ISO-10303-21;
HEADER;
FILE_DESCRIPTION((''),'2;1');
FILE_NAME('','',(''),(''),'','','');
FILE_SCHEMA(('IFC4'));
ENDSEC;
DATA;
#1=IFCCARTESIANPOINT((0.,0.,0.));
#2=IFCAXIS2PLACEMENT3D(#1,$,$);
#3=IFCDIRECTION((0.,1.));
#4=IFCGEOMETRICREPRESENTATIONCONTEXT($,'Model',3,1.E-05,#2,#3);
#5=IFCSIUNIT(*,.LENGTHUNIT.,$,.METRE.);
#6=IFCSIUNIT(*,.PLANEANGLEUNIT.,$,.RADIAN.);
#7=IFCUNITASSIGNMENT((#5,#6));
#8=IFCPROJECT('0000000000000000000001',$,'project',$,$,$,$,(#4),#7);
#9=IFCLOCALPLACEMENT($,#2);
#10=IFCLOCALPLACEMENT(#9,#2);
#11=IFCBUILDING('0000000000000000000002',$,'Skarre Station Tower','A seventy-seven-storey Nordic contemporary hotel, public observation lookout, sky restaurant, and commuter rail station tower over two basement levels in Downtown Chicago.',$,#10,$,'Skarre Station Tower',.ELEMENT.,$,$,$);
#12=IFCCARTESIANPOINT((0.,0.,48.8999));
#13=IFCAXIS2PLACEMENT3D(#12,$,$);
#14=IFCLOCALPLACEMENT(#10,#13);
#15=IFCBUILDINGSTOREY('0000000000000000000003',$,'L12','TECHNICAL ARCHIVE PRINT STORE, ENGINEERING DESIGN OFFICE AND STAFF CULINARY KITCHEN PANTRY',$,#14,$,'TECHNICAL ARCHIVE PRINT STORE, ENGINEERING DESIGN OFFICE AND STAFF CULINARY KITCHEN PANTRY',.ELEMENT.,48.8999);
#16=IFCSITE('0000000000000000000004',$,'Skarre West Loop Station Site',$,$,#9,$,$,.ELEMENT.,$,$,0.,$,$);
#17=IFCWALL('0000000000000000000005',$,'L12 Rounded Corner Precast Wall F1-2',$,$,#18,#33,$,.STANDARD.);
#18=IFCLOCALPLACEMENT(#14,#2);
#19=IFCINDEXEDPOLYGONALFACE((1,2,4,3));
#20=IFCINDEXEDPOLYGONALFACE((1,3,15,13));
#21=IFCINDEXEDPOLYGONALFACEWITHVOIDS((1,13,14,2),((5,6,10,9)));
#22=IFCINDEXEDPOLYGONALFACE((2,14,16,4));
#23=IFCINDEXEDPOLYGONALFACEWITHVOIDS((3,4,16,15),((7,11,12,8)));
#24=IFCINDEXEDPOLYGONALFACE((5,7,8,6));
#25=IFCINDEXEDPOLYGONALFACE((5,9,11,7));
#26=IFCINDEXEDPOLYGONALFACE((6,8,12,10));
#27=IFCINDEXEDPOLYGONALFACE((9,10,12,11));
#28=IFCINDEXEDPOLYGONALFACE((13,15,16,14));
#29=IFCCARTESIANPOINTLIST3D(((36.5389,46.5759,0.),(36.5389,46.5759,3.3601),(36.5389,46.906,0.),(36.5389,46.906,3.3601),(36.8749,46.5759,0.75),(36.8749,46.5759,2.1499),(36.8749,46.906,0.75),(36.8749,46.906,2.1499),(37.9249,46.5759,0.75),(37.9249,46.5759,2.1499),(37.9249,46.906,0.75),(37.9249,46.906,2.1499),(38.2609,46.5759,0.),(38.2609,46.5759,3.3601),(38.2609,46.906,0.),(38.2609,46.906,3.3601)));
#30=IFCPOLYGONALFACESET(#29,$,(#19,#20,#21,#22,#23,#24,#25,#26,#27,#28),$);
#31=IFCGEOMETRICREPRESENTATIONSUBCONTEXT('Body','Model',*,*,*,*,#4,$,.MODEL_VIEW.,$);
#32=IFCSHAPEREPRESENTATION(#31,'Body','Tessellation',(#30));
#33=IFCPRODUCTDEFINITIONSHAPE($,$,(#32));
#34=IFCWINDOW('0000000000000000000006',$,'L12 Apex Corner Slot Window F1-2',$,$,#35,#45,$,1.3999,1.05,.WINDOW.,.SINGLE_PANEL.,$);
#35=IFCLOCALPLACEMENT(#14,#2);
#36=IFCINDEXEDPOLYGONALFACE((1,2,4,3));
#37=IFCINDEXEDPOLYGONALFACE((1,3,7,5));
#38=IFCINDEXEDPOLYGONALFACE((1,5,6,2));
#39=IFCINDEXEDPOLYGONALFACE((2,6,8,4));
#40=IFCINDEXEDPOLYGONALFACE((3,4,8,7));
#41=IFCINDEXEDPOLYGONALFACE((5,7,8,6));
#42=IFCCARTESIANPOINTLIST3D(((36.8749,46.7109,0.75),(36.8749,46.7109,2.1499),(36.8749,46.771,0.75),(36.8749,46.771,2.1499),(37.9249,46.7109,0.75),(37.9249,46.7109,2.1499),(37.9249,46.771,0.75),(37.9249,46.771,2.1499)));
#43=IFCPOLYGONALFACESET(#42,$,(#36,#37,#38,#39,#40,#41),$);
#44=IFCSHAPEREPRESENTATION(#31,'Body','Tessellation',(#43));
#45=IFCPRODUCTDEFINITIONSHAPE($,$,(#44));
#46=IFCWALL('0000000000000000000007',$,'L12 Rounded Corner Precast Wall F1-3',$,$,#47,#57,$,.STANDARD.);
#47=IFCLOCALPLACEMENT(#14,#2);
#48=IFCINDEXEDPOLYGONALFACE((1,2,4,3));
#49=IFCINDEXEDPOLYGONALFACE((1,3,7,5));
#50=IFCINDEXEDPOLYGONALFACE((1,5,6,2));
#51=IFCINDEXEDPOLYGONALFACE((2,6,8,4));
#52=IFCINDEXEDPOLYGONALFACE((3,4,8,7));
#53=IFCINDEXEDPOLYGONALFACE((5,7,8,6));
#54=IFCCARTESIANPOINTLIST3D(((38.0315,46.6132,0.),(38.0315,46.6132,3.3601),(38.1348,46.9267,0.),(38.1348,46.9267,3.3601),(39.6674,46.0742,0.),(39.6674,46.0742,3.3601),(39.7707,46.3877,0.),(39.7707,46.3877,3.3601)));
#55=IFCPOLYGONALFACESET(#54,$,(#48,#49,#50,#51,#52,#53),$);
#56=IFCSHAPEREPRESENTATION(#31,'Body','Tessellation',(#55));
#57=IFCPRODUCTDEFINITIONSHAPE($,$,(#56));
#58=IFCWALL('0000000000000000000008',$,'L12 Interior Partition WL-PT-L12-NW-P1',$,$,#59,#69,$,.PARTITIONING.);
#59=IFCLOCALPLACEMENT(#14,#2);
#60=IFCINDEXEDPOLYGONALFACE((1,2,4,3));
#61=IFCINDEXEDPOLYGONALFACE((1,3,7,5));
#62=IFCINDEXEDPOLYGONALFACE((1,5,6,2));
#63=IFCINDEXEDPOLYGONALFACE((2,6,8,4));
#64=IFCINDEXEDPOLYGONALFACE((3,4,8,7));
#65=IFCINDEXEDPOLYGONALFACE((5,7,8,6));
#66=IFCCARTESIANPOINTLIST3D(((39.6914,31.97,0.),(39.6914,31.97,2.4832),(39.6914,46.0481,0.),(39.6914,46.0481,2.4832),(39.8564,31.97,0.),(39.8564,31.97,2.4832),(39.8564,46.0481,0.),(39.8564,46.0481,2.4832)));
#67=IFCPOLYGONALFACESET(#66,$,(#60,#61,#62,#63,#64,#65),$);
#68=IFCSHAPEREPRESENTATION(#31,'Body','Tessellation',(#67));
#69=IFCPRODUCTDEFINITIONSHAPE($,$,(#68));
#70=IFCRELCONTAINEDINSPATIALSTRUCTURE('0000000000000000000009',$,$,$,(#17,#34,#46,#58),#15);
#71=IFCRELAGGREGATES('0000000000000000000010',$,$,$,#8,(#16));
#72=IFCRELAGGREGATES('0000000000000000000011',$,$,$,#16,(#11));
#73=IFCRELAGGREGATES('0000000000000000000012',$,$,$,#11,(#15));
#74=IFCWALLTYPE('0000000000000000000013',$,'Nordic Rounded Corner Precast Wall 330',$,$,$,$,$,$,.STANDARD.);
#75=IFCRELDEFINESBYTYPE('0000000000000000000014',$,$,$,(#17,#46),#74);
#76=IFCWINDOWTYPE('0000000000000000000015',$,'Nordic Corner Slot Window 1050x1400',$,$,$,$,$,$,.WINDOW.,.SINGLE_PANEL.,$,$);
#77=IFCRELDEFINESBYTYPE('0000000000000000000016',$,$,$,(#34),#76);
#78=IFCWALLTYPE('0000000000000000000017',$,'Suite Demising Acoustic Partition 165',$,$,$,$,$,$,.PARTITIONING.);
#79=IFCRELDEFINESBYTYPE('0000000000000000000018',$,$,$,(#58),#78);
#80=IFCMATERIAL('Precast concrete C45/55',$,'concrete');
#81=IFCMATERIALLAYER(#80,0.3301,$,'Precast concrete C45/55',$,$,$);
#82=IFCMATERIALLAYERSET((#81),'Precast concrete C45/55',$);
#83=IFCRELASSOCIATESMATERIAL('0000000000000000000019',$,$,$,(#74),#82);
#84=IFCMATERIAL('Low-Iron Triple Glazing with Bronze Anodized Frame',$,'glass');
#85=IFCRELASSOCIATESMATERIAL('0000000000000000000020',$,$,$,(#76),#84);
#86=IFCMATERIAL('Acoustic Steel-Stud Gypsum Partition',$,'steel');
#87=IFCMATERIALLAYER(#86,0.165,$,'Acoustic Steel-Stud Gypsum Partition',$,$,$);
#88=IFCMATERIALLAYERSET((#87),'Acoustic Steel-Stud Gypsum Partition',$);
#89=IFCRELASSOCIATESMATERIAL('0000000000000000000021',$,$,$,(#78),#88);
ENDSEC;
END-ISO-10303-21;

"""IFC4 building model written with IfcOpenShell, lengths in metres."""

from ifc_helpers import new_model, si_unit, direction, frame, frame_2d, origin, place, context, subcontext, project, spatial, rectangle, extrude, material, layer, layer_set, type_object, element, fill, save


model = new_model("IFC4")

# Units and contexts
model_context = context("Model", 3, precision=1e-05, world=origin(), true_north=direction((0.0, 1.0)))
body_context = subcontext(model_context, "Body", "Model", "MODEL_VIEW")
ifc_project = project(units=[si_unit("LENGTHUNIT", "METRE"), si_unit("PLANEANGLEUNIT", "RADIAN")], contexts=[model_context])

# Site, building, storey
site_placement = place(None, origin())
site = spatial("IfcSite", under=ifc_project, at=site_placement, Name="Skarre West Loop Station Site", CompositionType="ELEMENT", RefElevation=0.0)
building_placement = place(site_placement, origin())
building = spatial("IfcBuilding", under=site, at=building_placement, Name="Skarre Station Tower", Description="A seventy-seven-storey Nordic contemporary hotel, public observation lookout, sky restaurant, and commuter rail station tower over two basement levels in Downtown Chicago.", LongName="Skarre Station Tower", CompositionType="ELEMENT")
storey_placement = place(building_placement, frame((0.0, 0.0, 48.8999)))
storey = spatial("IfcBuildingStorey", under=building, at=storey_placement, Name="L12", Description="TECHNICAL ARCHIVE PRINT STORE, ENGINEERING DESIGN OFFICE AND STAFF CULINARY KITCHEN PANTRY", LongName="TECHNICAL ARCHIVE PRINT STORE, ENGINEERING DESIGN OFFICE AND STAFF CULINARY KITCHEN PANTRY", CompositionType="ELEMENT", Elevation=48.8999)

# Shared definitions
ifc_material_1 = material(Name="Acoustic Steel-Stud Gypsum Partition", Category="steel")

# Shared definitions
ifc_material_2 = material(Name="Precast concrete C45/55", Category="concrete")
ifc_material_3 = material(Name="Low-Iron Triple Glazing with Bronze Anodized Frame", Category="glass")

# Shared definitions
ifc_layer_1 = layer(ifc_material_2, 0.3301, Name="Precast concrete C45/55")
ifc_layer_set_1 = layer_set([ifc_layer_1], Name="Precast concrete C45/55")
wall_type_1 = type_object("IfcWallType", Name="Nordic Rounded Corner Precast Wall 330", PredefinedType="STANDARD", material=ifc_layer_set_1)

# Wall, opening, window
wall_1_placement = place(storey_placement, frame((36.5391, 46.741, 0.0), z_axis=(0.0, 0.0, 1.0), x_axis=(1.0, 0.0, 0.0)))
wall_1 = element("IfcWall", 1, at=wall_1_placement, inside=storey, type_object=wall_type_1, Name="L12 Rounded Corner Precast Wall F1-2", PredefinedType="STANDARD", context=body_context, shape_type="SweptSolid", body=[
    extrude(rectangle(XDim=1.7219, YDim=0.3301, at=frame_2d((0.8608, 0.0))), origin(), (0.0, 0.0, 1.0), 3.3601),
])
opening_1_placement = place(wall_1_placement, frame((0.3359, 0.0, 0.75)))
opening_1 = element("IfcOpeningElement", 2, at=opening_1_placement, cuts=wall_1, PredefinedType="OPENING", context=body_context, shape_type="SweptSolid", body=[
    extrude(rectangle(XDim=1.05, YDim=1.3999, at=frame_2d((0.5249, 0.7))), frame((0.0, 0.175, 0.0), z_axis=(0.0, -1.0, 0.0), x_axis=(1.0, 0.0, 0.0)), (0.0, 0.0, 1.0), 0.3501),
])
window_type_1 = type_object("IfcWindowType", Name="Nordic Corner Slot Window 1050x1400", PartitioningType="SINGLE_PANEL", PredefinedType="WINDOW", material=ifc_material_3)
window_1_placement = place(opening_1_placement, origin())
window_1 = element("IfcWindow", 3, at=window_1_placement, inside=storey, type_object=window_type_1, Name="L12 Apex Corner Slot Window F1-2", OverallHeight=1.3999, OverallWidth=1.05, PartitioningType="SINGLE_PANEL", PredefinedType="WINDOW", context=body_context, shape_type="SweptSolid", body=[
    extrude(rectangle(XDim=1.05, YDim=1.3999, at=frame_2d((0.5249, 0.7))), frame((0.0, 0.03, 0.0), z_axis=(0.0, -1.0, 0.0), x_axis=(1.0, 0.0, 0.0)), (0.0, 0.0, 1.0), 0.0601),
])
fill(opening_1, window_1)

# Walls
wall_2_placement = place(storey_placement, frame((38.083, 46.77, 0.0), z_axis=(0.0, 0.0, 1.0), x_axis=(0.949769, -0.312952, 0.0)))
element("IfcWall", 4, at=wall_2_placement, inside=storey, type_object=wall_type_1, Name="L12 Rounded Corner Precast Wall F1-3", PredefinedType="STANDARD", context=body_context, shape_type="SweptSolid", body=[
    extrude(rectangle(XDim=1.7224, YDim=0.3301, at=frame_2d((0.8613, 0.0))), origin(), (0.0, 0.0, 1.0), 3.3601),
])
ifc_layer_2 = layer(ifc_material_1, 0.165, Name="Acoustic Steel-Stud Gypsum Partition")
ifc_layer_set_2 = layer_set([ifc_layer_2], Name="Acoustic Steel-Stud Gypsum Partition")
wall_type_2 = type_object("IfcWallType", Name="Suite Demising Acoustic Partition 165", PredefinedType="PARTITIONING", material=ifc_layer_set_2)
wall_3_placement = place(storey_placement, frame((39.7739, 31.97, 0.0), z_axis=(0.0, 0.0, 1.0), x_axis=(0.0, 1.0, 0.0)))
element("IfcWall", 5, at=wall_3_placement, inside=storey, type_object=wall_type_2, Name="L12 Interior Partition WL-PT-L12-NW-P1", PredefinedType="PARTITIONING", context=body_context, shape_type="SweptSolid", body=[
    extrude(rectangle(XDim=14.0781, YDim=0.165, at=frame_2d((7.0391, 0.0))), origin(), (0.0, 0.0, 1.0), 2.4832),
])

save(model, "model.ifc")
